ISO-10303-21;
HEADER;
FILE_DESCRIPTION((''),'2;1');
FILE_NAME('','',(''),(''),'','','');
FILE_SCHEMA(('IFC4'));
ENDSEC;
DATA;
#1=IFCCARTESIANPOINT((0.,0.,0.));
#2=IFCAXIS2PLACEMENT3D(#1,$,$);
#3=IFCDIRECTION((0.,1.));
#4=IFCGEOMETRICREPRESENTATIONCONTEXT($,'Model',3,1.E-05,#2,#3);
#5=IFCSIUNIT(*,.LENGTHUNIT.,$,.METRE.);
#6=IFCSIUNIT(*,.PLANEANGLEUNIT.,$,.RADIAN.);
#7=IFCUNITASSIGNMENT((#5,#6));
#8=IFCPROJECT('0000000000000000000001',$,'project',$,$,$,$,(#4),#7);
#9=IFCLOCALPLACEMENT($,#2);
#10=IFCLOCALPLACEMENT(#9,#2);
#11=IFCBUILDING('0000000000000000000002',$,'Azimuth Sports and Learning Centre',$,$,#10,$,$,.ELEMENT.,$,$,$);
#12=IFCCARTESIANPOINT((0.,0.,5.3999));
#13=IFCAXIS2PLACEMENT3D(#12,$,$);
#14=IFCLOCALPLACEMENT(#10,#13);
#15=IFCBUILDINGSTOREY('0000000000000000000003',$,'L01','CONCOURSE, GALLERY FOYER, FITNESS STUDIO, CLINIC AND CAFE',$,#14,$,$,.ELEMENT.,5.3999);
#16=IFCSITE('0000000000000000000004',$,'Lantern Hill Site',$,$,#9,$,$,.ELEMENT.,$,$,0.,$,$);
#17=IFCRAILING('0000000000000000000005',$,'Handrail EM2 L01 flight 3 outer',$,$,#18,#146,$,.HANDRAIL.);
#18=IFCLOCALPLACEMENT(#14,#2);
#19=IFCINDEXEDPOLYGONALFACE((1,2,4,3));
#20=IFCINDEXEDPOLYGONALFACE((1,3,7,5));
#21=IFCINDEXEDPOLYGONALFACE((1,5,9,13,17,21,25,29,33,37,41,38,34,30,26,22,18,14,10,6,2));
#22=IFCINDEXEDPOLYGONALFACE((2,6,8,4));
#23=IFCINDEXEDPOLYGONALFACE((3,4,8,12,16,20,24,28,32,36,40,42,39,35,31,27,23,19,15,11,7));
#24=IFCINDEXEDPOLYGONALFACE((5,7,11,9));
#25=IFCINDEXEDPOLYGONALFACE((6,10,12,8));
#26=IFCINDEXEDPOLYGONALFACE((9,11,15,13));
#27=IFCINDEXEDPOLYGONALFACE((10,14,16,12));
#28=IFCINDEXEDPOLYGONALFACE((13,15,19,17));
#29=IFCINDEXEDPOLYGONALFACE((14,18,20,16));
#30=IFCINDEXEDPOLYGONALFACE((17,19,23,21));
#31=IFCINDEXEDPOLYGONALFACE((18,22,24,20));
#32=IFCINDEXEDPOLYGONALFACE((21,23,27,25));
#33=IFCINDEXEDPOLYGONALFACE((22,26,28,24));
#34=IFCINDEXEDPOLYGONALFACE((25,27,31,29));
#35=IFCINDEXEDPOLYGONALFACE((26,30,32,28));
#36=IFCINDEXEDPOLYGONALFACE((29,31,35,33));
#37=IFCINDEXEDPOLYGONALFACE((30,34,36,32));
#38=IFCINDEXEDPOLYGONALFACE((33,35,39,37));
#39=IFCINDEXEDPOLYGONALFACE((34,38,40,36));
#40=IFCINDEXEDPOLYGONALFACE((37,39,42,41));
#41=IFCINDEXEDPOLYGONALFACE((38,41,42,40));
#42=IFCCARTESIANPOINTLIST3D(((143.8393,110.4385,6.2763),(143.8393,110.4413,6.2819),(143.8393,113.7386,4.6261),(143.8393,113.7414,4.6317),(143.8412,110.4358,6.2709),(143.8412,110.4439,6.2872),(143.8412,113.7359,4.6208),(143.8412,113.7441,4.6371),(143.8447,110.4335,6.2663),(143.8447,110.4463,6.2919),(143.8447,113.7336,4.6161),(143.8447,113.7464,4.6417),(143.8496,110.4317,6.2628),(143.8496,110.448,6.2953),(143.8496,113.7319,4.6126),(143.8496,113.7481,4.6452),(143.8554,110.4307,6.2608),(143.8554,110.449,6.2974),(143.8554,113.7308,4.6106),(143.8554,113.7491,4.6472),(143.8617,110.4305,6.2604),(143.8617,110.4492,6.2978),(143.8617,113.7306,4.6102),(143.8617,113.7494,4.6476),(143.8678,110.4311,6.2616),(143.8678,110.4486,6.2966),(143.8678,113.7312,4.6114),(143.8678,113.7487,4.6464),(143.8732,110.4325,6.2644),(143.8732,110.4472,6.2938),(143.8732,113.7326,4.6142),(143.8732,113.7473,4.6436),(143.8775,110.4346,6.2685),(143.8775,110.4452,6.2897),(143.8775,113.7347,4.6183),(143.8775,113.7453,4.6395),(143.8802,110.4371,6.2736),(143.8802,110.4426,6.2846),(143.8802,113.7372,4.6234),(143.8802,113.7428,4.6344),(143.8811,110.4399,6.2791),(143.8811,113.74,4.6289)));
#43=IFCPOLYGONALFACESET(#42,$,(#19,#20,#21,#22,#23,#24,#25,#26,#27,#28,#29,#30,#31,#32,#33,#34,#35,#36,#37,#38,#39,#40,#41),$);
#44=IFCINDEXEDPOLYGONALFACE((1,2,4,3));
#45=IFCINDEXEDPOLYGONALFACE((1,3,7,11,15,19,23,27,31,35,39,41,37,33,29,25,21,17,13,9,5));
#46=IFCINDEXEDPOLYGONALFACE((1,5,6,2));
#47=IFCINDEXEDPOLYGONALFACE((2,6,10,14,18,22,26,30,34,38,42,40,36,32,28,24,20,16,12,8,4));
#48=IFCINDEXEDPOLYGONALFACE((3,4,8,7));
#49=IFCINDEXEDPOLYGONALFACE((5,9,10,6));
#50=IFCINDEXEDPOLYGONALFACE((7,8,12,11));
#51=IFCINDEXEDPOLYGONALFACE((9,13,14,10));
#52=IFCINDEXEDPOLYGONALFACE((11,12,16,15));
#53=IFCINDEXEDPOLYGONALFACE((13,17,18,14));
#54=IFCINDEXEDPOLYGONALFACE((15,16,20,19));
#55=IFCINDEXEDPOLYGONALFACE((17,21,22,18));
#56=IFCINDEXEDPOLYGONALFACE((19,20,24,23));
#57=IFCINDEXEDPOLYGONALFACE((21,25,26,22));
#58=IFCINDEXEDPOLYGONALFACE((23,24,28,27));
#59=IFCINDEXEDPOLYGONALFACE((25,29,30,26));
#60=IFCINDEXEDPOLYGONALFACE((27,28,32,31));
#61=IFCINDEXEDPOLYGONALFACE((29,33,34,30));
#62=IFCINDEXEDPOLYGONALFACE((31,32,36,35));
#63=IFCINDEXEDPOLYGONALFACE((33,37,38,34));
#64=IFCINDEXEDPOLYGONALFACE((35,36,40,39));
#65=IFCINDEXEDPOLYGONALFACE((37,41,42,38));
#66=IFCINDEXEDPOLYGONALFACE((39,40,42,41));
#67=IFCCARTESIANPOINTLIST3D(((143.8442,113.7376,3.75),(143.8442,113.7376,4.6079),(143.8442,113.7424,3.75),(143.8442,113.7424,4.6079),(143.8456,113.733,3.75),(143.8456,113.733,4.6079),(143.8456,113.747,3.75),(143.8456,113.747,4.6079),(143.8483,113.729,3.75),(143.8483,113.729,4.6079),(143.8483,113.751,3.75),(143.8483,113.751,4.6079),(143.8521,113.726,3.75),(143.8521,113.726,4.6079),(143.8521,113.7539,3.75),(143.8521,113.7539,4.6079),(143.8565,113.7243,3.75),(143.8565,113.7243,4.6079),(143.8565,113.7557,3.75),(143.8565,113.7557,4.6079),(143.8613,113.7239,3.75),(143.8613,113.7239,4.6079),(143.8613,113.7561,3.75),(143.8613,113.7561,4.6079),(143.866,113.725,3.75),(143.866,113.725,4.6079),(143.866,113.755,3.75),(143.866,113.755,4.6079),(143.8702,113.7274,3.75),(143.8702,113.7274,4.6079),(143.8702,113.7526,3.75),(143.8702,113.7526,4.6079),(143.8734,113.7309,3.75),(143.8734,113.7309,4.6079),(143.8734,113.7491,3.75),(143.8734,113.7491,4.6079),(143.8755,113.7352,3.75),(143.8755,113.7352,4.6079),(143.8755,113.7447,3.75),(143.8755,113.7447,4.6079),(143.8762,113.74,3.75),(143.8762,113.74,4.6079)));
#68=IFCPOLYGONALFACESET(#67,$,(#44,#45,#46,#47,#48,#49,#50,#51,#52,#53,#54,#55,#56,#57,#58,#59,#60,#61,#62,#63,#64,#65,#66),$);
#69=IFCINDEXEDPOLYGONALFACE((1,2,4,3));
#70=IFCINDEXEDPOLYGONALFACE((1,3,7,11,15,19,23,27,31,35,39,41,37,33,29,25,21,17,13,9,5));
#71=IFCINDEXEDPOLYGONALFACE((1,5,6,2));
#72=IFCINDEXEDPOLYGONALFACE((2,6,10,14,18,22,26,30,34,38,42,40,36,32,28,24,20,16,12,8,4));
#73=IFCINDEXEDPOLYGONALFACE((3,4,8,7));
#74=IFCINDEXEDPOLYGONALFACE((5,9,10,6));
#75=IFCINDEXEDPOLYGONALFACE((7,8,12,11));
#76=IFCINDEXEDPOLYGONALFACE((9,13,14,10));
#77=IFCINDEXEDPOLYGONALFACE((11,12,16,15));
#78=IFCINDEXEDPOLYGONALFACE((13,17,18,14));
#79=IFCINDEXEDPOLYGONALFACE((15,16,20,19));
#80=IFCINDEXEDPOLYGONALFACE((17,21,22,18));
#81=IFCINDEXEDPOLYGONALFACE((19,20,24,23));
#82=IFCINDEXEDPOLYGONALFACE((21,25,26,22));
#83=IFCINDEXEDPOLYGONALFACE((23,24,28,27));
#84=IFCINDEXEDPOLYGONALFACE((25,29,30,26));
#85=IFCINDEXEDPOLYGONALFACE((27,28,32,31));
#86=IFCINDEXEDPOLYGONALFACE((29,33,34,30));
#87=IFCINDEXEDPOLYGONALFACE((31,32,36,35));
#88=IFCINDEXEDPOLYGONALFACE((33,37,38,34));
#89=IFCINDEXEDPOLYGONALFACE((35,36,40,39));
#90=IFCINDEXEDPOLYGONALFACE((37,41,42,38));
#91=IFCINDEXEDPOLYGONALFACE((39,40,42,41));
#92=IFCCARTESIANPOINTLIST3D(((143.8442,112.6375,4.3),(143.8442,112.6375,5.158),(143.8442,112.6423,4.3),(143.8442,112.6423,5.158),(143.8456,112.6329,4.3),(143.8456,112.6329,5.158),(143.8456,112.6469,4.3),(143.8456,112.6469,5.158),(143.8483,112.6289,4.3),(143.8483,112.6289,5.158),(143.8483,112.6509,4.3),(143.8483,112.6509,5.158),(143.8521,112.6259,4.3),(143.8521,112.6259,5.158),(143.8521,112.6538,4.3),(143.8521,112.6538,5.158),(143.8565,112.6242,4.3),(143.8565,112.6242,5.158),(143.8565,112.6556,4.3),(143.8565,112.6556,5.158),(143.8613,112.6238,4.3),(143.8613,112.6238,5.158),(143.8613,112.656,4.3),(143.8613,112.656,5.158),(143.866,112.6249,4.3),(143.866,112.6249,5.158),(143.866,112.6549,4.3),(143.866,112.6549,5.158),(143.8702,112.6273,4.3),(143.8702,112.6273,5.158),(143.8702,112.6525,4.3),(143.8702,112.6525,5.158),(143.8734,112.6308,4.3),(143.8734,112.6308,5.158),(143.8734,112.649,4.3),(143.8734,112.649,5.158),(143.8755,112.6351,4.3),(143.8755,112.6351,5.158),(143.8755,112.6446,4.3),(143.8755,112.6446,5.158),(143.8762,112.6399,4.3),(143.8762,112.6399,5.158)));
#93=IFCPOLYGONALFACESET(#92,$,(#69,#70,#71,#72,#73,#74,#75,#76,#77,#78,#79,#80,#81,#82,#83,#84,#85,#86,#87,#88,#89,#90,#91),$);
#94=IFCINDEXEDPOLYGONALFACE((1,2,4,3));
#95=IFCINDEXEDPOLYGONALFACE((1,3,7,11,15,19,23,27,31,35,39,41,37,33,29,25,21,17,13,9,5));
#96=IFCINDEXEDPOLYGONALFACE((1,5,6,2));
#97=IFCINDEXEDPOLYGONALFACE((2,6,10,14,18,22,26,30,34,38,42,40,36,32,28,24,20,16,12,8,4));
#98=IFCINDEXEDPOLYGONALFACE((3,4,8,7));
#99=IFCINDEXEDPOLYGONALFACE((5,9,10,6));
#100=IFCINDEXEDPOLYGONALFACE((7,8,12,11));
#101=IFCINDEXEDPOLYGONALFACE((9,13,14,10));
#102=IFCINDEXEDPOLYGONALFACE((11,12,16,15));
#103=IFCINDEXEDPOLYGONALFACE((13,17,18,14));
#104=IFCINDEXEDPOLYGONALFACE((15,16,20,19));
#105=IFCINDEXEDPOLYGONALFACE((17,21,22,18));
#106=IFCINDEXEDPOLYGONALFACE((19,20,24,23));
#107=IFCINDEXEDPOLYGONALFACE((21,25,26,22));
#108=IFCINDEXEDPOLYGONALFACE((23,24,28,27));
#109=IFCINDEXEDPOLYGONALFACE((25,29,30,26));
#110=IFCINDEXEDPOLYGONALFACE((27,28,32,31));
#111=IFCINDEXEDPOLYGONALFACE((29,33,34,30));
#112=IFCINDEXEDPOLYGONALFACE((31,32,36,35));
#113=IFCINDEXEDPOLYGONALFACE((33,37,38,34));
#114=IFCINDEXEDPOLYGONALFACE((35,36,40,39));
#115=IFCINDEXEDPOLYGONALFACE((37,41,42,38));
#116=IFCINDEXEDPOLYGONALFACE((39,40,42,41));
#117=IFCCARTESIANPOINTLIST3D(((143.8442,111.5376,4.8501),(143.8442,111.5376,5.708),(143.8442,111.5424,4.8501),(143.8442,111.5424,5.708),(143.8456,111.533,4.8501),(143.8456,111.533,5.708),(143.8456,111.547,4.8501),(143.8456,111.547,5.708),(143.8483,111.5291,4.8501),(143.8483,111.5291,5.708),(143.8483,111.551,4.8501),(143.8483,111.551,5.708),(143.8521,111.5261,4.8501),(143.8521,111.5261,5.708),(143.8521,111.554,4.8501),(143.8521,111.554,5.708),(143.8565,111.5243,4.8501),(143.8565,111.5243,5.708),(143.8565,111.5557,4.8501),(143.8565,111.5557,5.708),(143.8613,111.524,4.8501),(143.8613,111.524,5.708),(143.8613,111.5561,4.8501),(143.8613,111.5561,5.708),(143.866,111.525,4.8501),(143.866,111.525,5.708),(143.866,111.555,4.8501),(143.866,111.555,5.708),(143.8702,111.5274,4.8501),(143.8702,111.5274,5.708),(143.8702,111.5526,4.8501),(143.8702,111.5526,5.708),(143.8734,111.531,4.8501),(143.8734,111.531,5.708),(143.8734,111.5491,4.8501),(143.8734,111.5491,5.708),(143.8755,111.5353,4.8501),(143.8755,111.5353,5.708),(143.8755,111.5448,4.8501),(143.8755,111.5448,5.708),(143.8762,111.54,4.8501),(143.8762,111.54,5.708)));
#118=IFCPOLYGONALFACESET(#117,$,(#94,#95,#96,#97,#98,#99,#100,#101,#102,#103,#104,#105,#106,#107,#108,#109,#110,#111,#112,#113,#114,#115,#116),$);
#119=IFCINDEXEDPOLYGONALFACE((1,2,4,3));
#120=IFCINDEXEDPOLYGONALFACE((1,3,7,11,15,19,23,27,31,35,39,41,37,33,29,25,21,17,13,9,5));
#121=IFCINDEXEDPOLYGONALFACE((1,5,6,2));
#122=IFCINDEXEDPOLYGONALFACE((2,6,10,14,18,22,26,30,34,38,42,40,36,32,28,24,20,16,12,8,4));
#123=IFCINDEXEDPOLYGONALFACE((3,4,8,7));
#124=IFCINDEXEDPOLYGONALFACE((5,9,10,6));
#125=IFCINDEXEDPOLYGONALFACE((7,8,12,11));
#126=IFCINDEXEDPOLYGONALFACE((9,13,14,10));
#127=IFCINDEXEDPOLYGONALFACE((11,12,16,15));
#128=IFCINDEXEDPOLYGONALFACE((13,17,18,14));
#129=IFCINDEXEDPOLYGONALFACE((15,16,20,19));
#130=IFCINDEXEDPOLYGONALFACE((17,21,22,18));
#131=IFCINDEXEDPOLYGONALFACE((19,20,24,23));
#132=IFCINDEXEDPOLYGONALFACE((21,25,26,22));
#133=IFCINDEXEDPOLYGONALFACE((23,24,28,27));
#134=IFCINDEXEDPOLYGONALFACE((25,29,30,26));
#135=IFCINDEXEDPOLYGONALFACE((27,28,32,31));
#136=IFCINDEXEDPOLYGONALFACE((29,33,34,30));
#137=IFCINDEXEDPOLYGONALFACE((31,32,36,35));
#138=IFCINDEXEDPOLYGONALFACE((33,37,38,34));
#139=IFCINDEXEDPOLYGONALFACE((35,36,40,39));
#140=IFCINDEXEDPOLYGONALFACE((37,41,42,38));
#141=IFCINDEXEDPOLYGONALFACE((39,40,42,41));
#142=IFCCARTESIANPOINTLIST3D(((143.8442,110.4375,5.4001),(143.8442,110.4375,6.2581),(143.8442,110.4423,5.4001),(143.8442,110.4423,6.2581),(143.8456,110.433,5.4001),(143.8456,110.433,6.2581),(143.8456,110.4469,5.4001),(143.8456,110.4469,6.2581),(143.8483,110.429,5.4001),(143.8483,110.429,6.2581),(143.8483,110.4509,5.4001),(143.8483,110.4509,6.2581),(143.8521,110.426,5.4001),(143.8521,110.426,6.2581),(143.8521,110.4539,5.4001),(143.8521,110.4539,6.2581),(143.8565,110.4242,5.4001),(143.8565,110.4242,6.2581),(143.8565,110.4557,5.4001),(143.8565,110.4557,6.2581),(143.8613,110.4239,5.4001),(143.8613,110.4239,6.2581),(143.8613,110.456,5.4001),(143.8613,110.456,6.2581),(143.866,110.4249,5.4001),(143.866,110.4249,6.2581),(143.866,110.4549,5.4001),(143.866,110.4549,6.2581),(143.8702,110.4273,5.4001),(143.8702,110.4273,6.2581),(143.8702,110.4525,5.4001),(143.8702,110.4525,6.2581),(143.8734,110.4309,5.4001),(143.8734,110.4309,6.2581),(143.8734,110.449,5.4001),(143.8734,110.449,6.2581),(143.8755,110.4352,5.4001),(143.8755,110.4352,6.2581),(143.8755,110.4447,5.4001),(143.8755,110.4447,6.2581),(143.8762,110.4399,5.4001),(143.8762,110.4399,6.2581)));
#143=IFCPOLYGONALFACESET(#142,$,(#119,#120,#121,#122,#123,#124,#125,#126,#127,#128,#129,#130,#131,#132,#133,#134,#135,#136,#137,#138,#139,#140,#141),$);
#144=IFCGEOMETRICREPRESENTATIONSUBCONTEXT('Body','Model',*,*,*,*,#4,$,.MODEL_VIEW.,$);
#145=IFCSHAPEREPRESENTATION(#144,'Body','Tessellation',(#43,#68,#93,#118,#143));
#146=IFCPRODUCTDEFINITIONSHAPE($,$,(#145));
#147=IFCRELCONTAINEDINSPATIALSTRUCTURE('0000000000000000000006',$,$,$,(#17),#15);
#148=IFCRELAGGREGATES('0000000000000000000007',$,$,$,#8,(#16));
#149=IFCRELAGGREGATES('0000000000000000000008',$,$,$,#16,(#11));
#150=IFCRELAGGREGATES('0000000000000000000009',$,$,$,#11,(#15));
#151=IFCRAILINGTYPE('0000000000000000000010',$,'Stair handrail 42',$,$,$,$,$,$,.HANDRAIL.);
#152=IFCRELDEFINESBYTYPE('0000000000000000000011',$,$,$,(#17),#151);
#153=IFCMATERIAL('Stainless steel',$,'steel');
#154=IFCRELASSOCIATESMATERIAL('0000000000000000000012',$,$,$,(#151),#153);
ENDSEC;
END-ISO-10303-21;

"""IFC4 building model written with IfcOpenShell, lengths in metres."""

from ifc_helpers import new_model, si_unit, direction, frame, origin, origin_2d, place, context, subcontext, project, spatial, circle, extrude, material, type_object, element, save


model = new_model("IFC4")

# Units and contexts
model_context = context("Model", 3, precision=1e-05, world=origin(), true_north=direction((0.0, 1.0)))
body_context = subcontext(model_context, "Body", "Model", "MODEL_VIEW")
ifc_project = project(units=[si_unit("LENGTHUNIT", "METRE"), si_unit("PLANEANGLEUNIT", "RADIAN")], contexts=[model_context])

# Site, building, storey
site_placement = place(None, origin())
site = spatial("IfcSite", under=ifc_project, at=site_placement, Name="Lantern Hill Site", CompositionType="ELEMENT", RefElevation=0.0)
building_placement = place(site_placement, origin())
building = spatial("IfcBuilding", under=site, at=building_placement, Name="Azimuth Sports and Learning Centre", CompositionType="ELEMENT")
storey_placement = place(building_placement, frame((0.0, 0.0, 5.3999)))
storey = spatial("IfcBuildingStorey", under=building, at=storey_placement, Name="L01", Description="CONCOURSE, GALLERY FOYER, FITNESS STUDIO, CLINIC AND CAFE", CompositionType="ELEMENT", Elevation=5.3999)

# Railing
ifc_material_1 = material(Name="Stainless steel", Category="steel")
railing_type = type_object("IfcRailingType", Name="Stair handrail 42", PredefinedType="HANDRAIL", material=ifc_material_1)
for number, where, name in (
    (1, (143.8601, 113.74, 3.75), "Handrail EM2 L01 flight 3 outer"),
):
    element("IfcRailing", number, at=place(storey_placement, frame(where)), inside=storey, type_object=railing_type, Name=name, PredefinedType="HANDRAIL", context=body_context, shape_type="SweptSolid", body=[
        extrude(circle(Radius=0.021, at=origin_2d()), frame((0.0, 0.0, 0.8789), z_axis=(0.0, -0.894414, 0.44724), x_axis=(1.0, 0.0, 0.0)), (0.0, 0.0, 1.0), 3.6897),
        extrude(circle(Radius=0.0161, at=origin_2d()), origin(), (0.0, 0.0, 1.0), 0.8579),
        extrude(circle(Radius=0.0161, at=origin_2d()), frame((0.0, -1.1001, 0.55)), (0.0, 0.0, 1.0), 0.8579),
        extrude(circle(Radius=0.0161, at=origin_2d()), frame((0.0, -2.2, 1.1001)), (0.0, 0.0, 1.0), 0.8579),
        extrude(circle(Radius=0.0161, at=origin_2d()), frame((0.0, -3.3, 1.6501)), (0.0, 0.0, 1.0), 0.8579),
    ])

save(model, "model.ifc")
